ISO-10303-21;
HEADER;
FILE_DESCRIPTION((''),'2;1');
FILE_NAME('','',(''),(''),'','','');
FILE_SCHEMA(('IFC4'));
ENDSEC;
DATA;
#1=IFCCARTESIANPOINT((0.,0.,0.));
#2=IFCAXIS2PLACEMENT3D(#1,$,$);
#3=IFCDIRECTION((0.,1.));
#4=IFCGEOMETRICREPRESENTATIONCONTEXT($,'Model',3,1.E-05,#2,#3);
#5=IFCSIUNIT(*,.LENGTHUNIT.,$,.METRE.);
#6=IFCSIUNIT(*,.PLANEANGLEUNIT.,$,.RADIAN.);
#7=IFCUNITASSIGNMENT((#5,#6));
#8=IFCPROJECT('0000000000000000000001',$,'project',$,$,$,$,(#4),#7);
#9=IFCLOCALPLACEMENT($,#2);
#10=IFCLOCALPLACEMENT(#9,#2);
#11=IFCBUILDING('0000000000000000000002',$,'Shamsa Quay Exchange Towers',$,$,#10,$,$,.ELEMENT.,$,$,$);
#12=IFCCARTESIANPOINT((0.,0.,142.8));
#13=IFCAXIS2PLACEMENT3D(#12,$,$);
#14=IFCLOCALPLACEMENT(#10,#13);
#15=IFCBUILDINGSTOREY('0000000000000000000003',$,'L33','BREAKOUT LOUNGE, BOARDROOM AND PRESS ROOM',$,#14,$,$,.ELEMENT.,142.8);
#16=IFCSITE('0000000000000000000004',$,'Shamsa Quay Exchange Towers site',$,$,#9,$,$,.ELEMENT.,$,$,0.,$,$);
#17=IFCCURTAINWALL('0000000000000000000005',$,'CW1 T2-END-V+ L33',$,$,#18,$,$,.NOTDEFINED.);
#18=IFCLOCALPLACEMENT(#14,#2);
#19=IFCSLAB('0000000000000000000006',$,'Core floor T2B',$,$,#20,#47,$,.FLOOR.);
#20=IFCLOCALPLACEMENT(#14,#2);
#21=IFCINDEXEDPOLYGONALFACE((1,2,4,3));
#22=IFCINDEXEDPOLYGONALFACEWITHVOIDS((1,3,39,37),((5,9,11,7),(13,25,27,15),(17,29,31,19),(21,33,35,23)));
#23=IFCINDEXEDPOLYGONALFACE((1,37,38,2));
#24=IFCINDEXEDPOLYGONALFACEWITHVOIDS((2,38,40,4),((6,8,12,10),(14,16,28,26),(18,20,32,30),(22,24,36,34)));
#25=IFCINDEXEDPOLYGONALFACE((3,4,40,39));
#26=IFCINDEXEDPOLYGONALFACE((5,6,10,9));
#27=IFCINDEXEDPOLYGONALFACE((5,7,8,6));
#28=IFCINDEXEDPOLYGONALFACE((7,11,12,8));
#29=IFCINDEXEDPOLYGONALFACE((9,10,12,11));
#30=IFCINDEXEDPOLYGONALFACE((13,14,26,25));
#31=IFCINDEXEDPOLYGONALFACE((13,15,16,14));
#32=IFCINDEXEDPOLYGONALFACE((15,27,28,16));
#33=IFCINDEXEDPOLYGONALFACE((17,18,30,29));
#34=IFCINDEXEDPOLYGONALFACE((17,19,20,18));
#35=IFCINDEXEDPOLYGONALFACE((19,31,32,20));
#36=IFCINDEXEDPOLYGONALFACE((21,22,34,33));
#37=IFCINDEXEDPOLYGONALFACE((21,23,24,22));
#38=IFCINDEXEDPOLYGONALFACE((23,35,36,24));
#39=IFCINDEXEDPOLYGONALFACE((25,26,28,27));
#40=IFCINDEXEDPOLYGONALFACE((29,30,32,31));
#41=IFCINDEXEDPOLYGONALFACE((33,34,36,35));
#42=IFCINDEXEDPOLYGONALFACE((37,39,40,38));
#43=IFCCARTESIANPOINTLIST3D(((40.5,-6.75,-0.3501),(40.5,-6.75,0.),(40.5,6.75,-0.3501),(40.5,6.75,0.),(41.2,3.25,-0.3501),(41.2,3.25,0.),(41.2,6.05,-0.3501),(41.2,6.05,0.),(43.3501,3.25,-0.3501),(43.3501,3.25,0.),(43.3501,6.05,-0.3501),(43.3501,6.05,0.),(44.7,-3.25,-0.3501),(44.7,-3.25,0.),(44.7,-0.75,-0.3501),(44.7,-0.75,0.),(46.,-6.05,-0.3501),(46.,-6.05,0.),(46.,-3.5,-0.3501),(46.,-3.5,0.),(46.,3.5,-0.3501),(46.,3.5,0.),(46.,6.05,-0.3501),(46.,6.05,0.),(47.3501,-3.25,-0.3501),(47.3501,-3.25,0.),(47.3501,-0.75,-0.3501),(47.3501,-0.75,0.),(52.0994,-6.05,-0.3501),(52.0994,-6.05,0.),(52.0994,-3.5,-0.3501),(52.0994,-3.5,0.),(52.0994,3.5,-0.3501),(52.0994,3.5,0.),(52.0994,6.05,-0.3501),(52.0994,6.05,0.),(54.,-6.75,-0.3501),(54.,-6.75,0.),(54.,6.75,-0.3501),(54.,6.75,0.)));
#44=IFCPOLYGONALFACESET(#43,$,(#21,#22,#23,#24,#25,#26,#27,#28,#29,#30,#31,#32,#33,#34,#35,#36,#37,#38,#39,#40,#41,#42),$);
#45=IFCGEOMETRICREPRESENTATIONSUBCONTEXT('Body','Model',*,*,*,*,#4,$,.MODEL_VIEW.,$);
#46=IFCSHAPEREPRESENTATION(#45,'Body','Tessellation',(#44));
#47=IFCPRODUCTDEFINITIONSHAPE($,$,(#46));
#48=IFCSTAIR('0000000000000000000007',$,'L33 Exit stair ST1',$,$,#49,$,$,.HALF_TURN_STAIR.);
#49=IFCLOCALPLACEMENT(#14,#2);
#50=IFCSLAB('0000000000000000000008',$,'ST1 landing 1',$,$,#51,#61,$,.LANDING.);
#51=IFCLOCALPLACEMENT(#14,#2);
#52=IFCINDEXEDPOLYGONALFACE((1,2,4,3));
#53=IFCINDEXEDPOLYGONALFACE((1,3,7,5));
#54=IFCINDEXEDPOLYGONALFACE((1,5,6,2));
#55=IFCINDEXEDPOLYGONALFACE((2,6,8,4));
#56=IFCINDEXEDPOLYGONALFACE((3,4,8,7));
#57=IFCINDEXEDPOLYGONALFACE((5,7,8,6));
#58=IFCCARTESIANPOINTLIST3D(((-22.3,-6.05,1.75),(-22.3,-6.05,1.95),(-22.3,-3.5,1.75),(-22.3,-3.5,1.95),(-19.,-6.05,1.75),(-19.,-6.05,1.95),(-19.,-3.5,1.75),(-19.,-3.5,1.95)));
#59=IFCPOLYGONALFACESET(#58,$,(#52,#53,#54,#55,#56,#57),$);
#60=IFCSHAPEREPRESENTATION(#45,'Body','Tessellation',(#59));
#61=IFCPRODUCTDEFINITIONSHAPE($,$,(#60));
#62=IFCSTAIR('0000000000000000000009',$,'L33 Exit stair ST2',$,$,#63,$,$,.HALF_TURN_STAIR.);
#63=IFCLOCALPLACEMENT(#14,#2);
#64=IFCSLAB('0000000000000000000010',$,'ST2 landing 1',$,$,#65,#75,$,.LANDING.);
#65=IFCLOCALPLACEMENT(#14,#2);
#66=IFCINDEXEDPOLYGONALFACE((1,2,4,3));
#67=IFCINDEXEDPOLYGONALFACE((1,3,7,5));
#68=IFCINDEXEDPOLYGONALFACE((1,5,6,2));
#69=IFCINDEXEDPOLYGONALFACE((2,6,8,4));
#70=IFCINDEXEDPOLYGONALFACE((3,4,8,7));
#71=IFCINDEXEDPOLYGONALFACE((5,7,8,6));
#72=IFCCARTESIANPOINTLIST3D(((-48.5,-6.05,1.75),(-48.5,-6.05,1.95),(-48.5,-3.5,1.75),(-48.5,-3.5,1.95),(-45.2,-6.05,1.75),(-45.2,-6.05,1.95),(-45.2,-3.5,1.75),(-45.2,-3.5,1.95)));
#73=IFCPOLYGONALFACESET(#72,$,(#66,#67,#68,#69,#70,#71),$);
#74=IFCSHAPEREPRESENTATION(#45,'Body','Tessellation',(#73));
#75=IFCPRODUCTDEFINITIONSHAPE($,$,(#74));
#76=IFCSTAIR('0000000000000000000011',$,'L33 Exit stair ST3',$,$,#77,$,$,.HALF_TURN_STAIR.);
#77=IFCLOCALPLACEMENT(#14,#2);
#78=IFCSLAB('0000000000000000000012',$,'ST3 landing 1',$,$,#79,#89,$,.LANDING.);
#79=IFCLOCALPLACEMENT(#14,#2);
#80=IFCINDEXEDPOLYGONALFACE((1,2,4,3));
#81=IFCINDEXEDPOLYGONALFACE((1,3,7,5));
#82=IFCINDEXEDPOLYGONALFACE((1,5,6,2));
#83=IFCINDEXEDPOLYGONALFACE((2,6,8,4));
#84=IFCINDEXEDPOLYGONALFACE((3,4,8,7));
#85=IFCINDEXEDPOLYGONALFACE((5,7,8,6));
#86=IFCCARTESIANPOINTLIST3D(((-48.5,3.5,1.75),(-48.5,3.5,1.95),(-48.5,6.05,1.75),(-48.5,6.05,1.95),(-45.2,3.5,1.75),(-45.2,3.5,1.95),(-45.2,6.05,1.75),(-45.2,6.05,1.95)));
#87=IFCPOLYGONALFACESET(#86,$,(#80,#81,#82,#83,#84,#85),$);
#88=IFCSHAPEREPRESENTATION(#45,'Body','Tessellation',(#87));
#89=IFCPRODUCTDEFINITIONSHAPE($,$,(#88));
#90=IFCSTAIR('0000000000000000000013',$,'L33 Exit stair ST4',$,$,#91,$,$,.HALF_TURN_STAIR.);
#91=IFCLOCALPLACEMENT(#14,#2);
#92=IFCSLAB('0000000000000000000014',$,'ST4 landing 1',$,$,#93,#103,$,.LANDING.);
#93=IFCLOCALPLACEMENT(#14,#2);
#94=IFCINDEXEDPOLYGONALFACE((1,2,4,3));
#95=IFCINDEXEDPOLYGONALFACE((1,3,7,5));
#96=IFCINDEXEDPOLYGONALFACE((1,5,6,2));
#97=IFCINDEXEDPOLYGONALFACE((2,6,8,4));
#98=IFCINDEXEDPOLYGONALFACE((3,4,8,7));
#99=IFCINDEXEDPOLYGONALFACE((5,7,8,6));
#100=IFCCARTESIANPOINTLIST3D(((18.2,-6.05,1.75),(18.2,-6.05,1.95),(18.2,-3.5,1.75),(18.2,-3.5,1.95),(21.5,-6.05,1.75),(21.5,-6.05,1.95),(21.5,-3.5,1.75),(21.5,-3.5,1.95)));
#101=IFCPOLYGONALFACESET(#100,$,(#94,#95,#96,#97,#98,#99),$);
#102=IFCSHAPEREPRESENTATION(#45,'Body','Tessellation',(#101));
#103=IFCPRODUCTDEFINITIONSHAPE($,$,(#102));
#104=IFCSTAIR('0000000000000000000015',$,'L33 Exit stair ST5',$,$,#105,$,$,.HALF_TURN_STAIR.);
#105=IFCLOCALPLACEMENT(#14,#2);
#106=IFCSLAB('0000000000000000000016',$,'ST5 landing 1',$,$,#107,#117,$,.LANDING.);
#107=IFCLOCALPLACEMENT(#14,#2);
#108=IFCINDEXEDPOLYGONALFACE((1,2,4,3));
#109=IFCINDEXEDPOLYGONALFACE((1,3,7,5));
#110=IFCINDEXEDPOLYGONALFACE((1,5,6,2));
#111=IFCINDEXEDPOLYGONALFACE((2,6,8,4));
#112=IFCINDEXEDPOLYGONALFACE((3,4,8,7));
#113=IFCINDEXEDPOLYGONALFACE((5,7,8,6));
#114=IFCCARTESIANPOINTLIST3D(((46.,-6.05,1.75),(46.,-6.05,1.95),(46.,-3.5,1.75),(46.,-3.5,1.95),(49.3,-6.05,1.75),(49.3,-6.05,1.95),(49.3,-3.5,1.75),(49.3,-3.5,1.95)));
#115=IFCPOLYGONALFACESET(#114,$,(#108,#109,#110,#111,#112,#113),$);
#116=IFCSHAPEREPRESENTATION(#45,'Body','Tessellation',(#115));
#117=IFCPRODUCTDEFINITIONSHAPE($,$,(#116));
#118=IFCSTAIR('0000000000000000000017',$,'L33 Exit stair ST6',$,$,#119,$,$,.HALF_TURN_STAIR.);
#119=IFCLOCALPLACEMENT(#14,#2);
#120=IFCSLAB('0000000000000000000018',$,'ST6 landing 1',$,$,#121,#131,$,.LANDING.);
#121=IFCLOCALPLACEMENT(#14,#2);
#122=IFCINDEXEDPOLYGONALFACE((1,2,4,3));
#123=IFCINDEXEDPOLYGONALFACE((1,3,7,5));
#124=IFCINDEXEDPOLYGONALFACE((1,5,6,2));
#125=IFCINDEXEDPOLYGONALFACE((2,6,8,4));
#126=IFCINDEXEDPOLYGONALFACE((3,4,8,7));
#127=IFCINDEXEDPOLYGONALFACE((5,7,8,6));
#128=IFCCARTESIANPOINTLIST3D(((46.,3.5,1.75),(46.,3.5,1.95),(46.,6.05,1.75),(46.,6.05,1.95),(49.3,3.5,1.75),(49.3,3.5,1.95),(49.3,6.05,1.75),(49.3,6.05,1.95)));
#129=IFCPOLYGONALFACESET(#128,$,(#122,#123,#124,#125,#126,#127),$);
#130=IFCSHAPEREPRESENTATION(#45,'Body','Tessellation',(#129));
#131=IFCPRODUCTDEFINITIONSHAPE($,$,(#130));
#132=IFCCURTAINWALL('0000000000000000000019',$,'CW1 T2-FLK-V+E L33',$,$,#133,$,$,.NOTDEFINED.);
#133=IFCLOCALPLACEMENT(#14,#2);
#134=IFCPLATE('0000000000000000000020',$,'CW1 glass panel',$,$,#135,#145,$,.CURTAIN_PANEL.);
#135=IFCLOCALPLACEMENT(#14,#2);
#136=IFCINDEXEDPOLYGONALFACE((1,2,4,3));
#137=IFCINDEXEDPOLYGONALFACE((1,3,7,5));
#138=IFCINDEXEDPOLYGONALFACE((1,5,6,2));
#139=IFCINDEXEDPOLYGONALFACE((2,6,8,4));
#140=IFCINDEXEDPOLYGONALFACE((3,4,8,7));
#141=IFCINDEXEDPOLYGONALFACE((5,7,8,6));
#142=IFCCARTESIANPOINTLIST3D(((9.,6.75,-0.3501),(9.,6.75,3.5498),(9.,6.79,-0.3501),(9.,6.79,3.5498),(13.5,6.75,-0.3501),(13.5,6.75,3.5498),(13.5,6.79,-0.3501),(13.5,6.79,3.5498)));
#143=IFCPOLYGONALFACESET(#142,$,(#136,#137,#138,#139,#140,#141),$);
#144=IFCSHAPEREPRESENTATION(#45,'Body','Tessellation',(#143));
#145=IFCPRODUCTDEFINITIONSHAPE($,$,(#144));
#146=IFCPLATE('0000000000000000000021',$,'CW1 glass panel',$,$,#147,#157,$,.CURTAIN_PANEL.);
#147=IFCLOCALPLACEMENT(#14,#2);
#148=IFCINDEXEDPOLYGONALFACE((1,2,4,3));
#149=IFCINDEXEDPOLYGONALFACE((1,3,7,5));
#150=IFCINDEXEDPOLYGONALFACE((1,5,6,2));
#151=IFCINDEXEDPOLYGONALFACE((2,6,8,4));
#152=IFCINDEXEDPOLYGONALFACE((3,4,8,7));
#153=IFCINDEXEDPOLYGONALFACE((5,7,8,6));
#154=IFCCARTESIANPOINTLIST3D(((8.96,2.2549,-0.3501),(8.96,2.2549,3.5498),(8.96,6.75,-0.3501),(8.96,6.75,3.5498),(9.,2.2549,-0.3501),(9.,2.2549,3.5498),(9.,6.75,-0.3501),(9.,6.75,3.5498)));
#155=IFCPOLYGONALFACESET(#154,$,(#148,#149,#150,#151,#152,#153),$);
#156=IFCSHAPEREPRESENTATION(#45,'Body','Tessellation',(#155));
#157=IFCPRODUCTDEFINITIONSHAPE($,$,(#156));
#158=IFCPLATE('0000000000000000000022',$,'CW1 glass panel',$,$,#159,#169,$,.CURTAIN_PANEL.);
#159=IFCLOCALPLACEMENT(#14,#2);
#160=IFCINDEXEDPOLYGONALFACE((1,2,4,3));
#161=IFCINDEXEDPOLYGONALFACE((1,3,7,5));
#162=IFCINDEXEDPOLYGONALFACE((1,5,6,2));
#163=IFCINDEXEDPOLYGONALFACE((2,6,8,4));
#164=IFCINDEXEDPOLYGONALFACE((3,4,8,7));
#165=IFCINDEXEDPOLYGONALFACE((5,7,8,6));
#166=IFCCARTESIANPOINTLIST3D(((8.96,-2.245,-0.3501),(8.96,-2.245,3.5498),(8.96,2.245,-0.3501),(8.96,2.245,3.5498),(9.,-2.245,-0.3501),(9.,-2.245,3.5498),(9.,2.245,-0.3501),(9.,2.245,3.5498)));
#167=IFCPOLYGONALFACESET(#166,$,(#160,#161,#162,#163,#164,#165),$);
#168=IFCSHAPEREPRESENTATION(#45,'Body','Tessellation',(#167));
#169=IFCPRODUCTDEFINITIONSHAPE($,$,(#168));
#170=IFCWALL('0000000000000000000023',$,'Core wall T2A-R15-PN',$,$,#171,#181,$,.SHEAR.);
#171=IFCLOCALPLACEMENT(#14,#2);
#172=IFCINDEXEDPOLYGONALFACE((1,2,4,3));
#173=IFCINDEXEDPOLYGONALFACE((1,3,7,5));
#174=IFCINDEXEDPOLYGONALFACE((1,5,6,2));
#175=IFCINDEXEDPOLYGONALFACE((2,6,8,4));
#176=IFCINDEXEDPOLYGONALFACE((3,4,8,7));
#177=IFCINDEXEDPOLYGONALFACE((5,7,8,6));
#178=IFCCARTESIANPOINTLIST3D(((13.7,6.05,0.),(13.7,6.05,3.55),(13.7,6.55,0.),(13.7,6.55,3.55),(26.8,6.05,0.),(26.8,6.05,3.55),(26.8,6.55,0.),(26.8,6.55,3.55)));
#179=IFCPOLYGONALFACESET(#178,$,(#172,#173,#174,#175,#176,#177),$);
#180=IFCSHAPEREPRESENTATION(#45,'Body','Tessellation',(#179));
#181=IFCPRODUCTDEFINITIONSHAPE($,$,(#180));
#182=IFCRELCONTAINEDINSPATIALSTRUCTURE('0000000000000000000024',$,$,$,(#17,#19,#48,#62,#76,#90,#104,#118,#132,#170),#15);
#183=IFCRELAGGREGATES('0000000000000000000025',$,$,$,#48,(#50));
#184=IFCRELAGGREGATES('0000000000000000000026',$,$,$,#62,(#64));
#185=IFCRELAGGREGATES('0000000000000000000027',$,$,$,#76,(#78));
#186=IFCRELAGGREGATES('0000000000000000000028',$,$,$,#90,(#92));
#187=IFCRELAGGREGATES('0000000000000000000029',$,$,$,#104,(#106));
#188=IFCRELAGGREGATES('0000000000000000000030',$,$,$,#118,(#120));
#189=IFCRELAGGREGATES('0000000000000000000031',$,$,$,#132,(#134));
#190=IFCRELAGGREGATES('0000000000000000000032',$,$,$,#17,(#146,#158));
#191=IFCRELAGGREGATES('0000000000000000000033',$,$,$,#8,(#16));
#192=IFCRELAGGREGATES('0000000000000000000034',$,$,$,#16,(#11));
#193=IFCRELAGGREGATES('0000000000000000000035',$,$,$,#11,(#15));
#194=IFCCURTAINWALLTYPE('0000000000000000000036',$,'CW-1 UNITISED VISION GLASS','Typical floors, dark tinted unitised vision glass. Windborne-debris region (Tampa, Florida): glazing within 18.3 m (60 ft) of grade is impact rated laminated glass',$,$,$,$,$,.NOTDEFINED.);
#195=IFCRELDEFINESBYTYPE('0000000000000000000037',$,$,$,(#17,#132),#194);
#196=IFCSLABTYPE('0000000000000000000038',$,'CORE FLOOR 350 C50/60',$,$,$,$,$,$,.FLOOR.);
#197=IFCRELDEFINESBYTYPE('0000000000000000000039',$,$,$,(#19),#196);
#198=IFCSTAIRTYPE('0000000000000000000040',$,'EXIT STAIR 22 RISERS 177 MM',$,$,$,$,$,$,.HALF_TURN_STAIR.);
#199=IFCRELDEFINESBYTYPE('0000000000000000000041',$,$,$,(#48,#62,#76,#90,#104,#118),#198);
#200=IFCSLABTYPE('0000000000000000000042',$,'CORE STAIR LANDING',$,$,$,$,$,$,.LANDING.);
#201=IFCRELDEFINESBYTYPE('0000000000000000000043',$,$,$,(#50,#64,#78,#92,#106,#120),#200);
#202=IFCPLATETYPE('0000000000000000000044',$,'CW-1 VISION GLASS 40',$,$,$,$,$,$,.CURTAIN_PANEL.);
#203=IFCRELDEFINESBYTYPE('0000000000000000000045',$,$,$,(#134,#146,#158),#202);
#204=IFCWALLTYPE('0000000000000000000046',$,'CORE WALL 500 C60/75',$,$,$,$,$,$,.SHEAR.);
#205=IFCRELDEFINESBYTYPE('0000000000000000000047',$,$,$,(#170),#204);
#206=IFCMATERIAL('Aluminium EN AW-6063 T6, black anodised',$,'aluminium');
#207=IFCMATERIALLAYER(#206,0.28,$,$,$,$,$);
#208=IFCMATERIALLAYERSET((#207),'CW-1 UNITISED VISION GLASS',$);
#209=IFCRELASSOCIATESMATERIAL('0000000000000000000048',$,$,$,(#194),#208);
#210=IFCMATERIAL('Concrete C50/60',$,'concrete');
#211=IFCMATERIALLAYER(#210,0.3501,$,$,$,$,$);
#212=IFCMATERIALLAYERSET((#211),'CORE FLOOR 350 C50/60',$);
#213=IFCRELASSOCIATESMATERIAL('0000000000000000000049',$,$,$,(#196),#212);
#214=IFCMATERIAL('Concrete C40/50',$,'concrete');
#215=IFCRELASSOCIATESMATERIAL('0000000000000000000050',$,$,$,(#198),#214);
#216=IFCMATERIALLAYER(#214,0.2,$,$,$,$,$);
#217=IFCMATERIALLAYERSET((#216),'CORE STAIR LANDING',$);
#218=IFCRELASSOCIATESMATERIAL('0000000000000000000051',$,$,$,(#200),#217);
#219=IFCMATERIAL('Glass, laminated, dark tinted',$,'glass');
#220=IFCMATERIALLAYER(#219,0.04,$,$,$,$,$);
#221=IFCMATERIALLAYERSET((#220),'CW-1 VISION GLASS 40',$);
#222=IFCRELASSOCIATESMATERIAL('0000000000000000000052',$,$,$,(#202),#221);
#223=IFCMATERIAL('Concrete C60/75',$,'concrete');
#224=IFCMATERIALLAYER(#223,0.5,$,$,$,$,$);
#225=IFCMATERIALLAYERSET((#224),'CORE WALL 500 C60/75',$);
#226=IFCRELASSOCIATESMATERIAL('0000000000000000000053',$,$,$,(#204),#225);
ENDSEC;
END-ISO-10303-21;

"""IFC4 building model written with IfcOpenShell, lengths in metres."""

from ifc_helpers import new_model, si_unit, direction, frame, frame_2d, origin, origin_2d, place, context, subcontext, project, spatial, polyline, rectangle, outline, extrude, material, layer, layer_set, type_object, element, aggregate, save


model = new_model("IFC4")

# Units and contexts
model_context = context("Model", 3, precision=1e-05, world=origin(), true_north=direction((0.0, 1.0)))
body_context = subcontext(model_context, "Body", "Model", "MODEL_VIEW")
ifc_project = project(units=[si_unit("LENGTHUNIT", "METRE"), si_unit("PLANEANGLEUNIT", "RADIAN")], contexts=[model_context])

# Site, building, storey
site_placement = place(None, origin())
site = spatial("IfcSite", under=ifc_project, at=site_placement, Name="Shamsa Quay Exchange Towers site", CompositionType="ELEMENT", RefElevation=0.0)
building_placement = place(site_placement, origin())
building = spatial("IfcBuilding", under=site, at=building_placement, Name="Shamsa Quay Exchange Towers", CompositionType="ELEMENT")
storey_placement = place(building_placement, frame((0.0, 0.0, 142.8)))
storey = spatial("IfcBuildingStorey", under=building, at=storey_placement, Name="L33", Description="BREAKOUT LOUNGE, BOARDROOM AND PRESS ROOM", CompositionType="ELEMENT", Elevation=142.8)

# Curtain wall
ifc_material_1 = material(Name="Aluminium EN AW-6063 T6, black anodised", Category="aluminium")
ifc_layer_1 = layer(ifc_material_1, 0.28)
ifc_layer_set_1 = layer_set([ifc_layer_1], Name="CW-1 UNITISED VISION GLASS")
curtain_wall_type = type_object("IfcCurtainWallType", Name="CW-1 UNITISED VISION GLASS", Description="Typical floors, dark tinted unitised vision glass. Windborne-debris region (Tampa, Florida): glazing within 18.3 m (60 ft) of grade is impact rated laminated glass", PredefinedType="NOTDEFINED", material=ifc_layer_set_1)
curtain_wall_1_placement = place(storey_placement, origin())
curtain_wall_1 = element("IfcCurtainWall", 1, at=curtain_wall_1_placement, inside=storey, type_object=curtain_wall_type, Name="CW1 T2-END-V+ L33", PredefinedType="NOTDEFINED")

# Slab
ifc_material_2 = material(Name="Concrete C50/60", Category="concrete")
ifc_layer_2 = layer(ifc_material_2, 0.3501)
ifc_layer_set_2 = layer_set([ifc_layer_2], Name="CORE FLOOR 350 C50/60")
slab_type_1 = type_object("IfcSlabType", Name="CORE FLOOR 350 C50/60", PredefinedType="FLOOR", material=ifc_layer_set_2)
slab_1_placement = place(storey_placement, frame((0.0, 0.0, -0.3501)))
element("IfcSlab", 2, at=slab_1_placement, inside=storey, type_object=slab_type_1, Name="Core floor T2B", PredefinedType="FLOOR", context=body_context, shape_type="SweptSolid", body=[
    extrude(outline(polyline([(54.0, -6.75), (54.0, 6.75), (40.5, 6.75), (40.5, -6.75), (54.0, -6.75)]), holes=[polyline([(52.0994, -3.5), (52.0994, -6.05), (46.0, -6.05), (46.0, -3.5), (52.0994, -3.5)]), polyline([(52.0994, 6.05), (52.0994, 3.5), (46.0, 3.5), (46.0, 6.05), (52.0994, 6.05)]), polyline([(43.3501, 3.25), (41.2, 3.25), (41.2, 6.05), (43.3501, 6.05), (43.3501, 3.25)]), polyline([(47.3501, -3.25), (44.7, -3.25), (44.7, -0.75), (47.3501, -0.75), (47.3501, -3.25)])]), origin(), (0.0, 0.0, 1.0), 0.3501),
])

# Stairs, slabs
ifc_material_3 = material(Name="Concrete C40/50", Category="concrete")
stair_type = type_object("IfcStairType", Name="EXIT STAIR 22 RISERS 177 MM", PredefinedType="HALF_TURN_STAIR", material=ifc_material_3)
stair_1_placement = place(storey_placement, origin())
stair_1 = element("IfcStair", 3, at=stair_1_placement, inside=storey, type_object=stair_type, Name="L33 Exit stair ST1", PredefinedType="HALF_TURN_STAIR")
ifc_layer_3 = layer(ifc_material_3, 0.2)
ifc_layer_set_3 = layer_set([ifc_layer_3], Name="CORE STAIR LANDING")
slab_type_2 = type_object("IfcSlabType", Name="CORE STAIR LANDING", PredefinedType="LANDING", material=ifc_layer_set_3)
slab_2_placement = place(storey_placement, frame((0.0, 0.0, 1.75)))
slab_2 = element("IfcSlab", 4, at=slab_2_placement, type_object=slab_type_2, Name="ST1 landing 1", PredefinedType="LANDING", context=body_context, shape_type="SweptSolid", body=[
    extrude(outline(polyline([(-22.3, -6.05), (-19.0, -6.05), (-19.0, -3.5), (-22.3, -3.5), (-22.3, -6.05)])), origin(), (0.0, 0.0, 1.0), 0.2),
])
aggregate(stair_1, [slab_2])
stair_2_placement = place(storey_placement, origin())
stair_2 = element("IfcStair", 5, at=stair_2_placement, inside=storey, type_object=stair_type, Name="L33 Exit stair ST2", PredefinedType="HALF_TURN_STAIR")
slab_3_placement = place(storey_placement, frame((0.0, 0.0, 1.75)))
slab_3 = element("IfcSlab", 6, at=slab_3_placement, type_object=slab_type_2, Name="ST2 landing 1", PredefinedType="LANDING", context=body_context, shape_type="SweptSolid", body=[
    extrude(outline(polyline([(-45.2, -3.5), (-48.5, -3.5), (-48.5, -6.05), (-45.2, -6.05), (-45.2, -3.5)])), origin(), (0.0, 0.0, 1.0), 0.2),
])
aggregate(stair_2, [slab_3])
stair_3_placement = place(storey_placement, origin())
stair_3 = element("IfcStair", 7, at=stair_3_placement, inside=storey, type_object=stair_type, Name="L33 Exit stair ST3", PredefinedType="HALF_TURN_STAIR")
slab_4_placement = place(storey_placement, frame((0.0, 0.0, 1.75)))
slab_4 = element("IfcSlab", 8, at=slab_4_placement, type_object=slab_type_2, Name="ST3 landing 1", PredefinedType="LANDING", context=body_context, shape_type="SweptSolid", body=[
    extrude(outline(polyline([(-45.2, 6.05), (-48.5, 6.05), (-48.5, 3.5), (-45.2, 3.5), (-45.2, 6.05)])), origin(), (0.0, 0.0, 1.0), 0.2),
])
aggregate(stair_3, [slab_4])
stair_4_placement = place(storey_placement, origin())
stair_4 = element("IfcStair", 9, at=stair_4_placement, inside=storey, type_object=stair_type, Name="L33 Exit stair ST4", PredefinedType="HALF_TURN_STAIR")
slab_5_placement = place(storey_placement, frame((0.0, 0.0, 1.75)))
slab_5 = element("IfcSlab", 10, at=slab_5_placement, type_object=slab_type_2, Name="ST4 landing 1", PredefinedType="LANDING", context=body_context, shape_type="SweptSolid", body=[
    extrude(outline(polyline([(18.2, -6.05), (21.5, -6.05), (21.5, -3.5), (18.2, -3.5), (18.2, -6.05)])), origin(), (0.0, 0.0, 1.0), 0.2),
])
aggregate(stair_4, [slab_5])
stair_5_placement = place(storey_placement, origin())
stair_5 = element("IfcStair", 11, at=stair_5_placement, inside=storey, type_object=stair_type, Name="L33 Exit stair ST5", PredefinedType="HALF_TURN_STAIR")
slab_6_placement = place(storey_placement, frame((0.0, 0.0, 1.75)))
slab_6 = element("IfcSlab", 12, at=slab_6_placement, type_object=slab_type_2, Name="ST5 landing 1", PredefinedType="LANDING", context=body_context, shape_type="SweptSolid", body=[
    extrude(outline(polyline([(49.3, -3.5), (46.0, -3.5), (46.0, -6.05), (49.3, -6.05), (49.3, -3.5)])), origin(), (0.0, 0.0, 1.0), 0.2),
])
aggregate(stair_5, [slab_6])
stair_6_placement = place(storey_placement, origin())
stair_6 = element("IfcStair", 13, at=stair_6_placement, inside=storey, type_object=stair_type, Name="L33 Exit stair ST6", PredefinedType="HALF_TURN_STAIR")
slab_7_placement = place(storey_placement, frame((0.0, 0.0, 1.75)))
slab_7 = element("IfcSlab", 14, at=slab_7_placement, type_object=slab_type_2, Name="ST6 landing 1", PredefinedType="LANDING", context=body_context, shape_type="SweptSolid", body=[
    extrude(outline(polyline([(49.3, 6.05), (46.0, 6.05), (46.0, 3.5), (49.3, 3.5), (49.3, 6.05)])), origin(), (0.0, 0.0, 1.0), 0.2),
])
aggregate(stair_6, [slab_7])

# Curtain wall, plate
curtain_wall_2_placement = place(storey_placement, origin())
curtain_wall_2 = element("IfcCurtainWall", 15, at=curtain_wall_2_placement, inside=storey, type_object=curtain_wall_type, Name="CW1 T2-FLK-V+E L33", PredefinedType="NOTDEFINED")
ifc_material_4 = material(Name="Glass, laminated, dark tinted", Category="glass")
ifc_layer_4 = layer(ifc_material_4, 0.04)
ifc_layer_set_4 = layer_set([ifc_layer_4], Name="CW-1 VISION GLASS 40")
plate_type = type_object("IfcPlateType", Name="CW-1 VISION GLASS 40", PredefinedType="CURTAIN_PANEL", material=ifc_layer_set_4)
plate_1_placement = place(storey_placement, frame((11.25, 6.77, -0.3501), z_axis=(0.0, 0.0, 1.0), x_axis=(-1.0, 0.0, 0.0)))
plate_1 = element("IfcPlate", 16, at=plate_1_placement, type_object=plate_type, Name="CW1 glass panel", PredefinedType="CURTAIN_PANEL", context=body_context, shape_type="SweptSolid", body=[
    extrude(rectangle(XDim=4.5, YDim=0.04, at=origin_2d()), origin(), (0.0, 0.0, 1.0), 3.8999),
])
aggregate(curtain_wall_2, [plate_1])

# Plates
plate_2_placement = place(storey_placement, frame((8.98, 4.5024, -0.3501), z_axis=(0.0, 0.0, 1.0), x_axis=(0.0, -1.0, 0.0)))
plate_2 = element("IfcPlate", 17, at=plate_2_placement, type_object=plate_type, Name="CW1 glass panel", PredefinedType="CURTAIN_PANEL", context=body_context, shape_type="SweptSolid", body=[
    extrude(rectangle(XDim=4.4951, YDim=0.04, at=origin_2d()), origin(), (0.0, 0.0, 1.0), 3.8999),
])
plate_3_placement = place(storey_placement, frame((8.98, 0.0, -0.3501), z_axis=(0.0, 0.0, 1.0), x_axis=(0.0, -1.0, 0.0)))
plate_3 = element("IfcPlate", 18, at=plate_3_placement, type_object=plate_type, Name="CW1 glass panel", PredefinedType="CURTAIN_PANEL", context=body_context, shape_type="SweptSolid", body=[
    extrude(rectangle(XDim=4.49, YDim=0.04, at=origin_2d()), origin(), (0.0, 0.0, 1.0), 3.8999),
])
aggregate(curtain_wall_1, [plate_2, plate_3])

# Wall
ifc_material_5 = material(Name="Concrete C60/75", Category="concrete")
ifc_layer_5 = layer(ifc_material_5, 0.5)
ifc_layer_set_5 = layer_set([ifc_layer_5], Name="CORE WALL 500 C60/75")
wall_type = type_object("IfcWallType", Name="CORE WALL 500 C60/75", PredefinedType="SHEAR", material=ifc_layer_set_5)
wall_placement = place(storey_placement, frame((13.7, 6.3, 0.0)))
element("IfcWall", 19, at=wall_placement, inside=storey, type_object=wall_type, Name="Core wall T2A-R15-PN", PredefinedType="SHEAR", context=body_context, shape_type="SweptSolid", body=[
    extrude(rectangle(XDim=13.1001, YDim=0.5, at=frame_2d((6.55, 0.0))), origin(), (0.0, 0.0, 1.0), 3.55),
])

save(model, "model.ifc")
